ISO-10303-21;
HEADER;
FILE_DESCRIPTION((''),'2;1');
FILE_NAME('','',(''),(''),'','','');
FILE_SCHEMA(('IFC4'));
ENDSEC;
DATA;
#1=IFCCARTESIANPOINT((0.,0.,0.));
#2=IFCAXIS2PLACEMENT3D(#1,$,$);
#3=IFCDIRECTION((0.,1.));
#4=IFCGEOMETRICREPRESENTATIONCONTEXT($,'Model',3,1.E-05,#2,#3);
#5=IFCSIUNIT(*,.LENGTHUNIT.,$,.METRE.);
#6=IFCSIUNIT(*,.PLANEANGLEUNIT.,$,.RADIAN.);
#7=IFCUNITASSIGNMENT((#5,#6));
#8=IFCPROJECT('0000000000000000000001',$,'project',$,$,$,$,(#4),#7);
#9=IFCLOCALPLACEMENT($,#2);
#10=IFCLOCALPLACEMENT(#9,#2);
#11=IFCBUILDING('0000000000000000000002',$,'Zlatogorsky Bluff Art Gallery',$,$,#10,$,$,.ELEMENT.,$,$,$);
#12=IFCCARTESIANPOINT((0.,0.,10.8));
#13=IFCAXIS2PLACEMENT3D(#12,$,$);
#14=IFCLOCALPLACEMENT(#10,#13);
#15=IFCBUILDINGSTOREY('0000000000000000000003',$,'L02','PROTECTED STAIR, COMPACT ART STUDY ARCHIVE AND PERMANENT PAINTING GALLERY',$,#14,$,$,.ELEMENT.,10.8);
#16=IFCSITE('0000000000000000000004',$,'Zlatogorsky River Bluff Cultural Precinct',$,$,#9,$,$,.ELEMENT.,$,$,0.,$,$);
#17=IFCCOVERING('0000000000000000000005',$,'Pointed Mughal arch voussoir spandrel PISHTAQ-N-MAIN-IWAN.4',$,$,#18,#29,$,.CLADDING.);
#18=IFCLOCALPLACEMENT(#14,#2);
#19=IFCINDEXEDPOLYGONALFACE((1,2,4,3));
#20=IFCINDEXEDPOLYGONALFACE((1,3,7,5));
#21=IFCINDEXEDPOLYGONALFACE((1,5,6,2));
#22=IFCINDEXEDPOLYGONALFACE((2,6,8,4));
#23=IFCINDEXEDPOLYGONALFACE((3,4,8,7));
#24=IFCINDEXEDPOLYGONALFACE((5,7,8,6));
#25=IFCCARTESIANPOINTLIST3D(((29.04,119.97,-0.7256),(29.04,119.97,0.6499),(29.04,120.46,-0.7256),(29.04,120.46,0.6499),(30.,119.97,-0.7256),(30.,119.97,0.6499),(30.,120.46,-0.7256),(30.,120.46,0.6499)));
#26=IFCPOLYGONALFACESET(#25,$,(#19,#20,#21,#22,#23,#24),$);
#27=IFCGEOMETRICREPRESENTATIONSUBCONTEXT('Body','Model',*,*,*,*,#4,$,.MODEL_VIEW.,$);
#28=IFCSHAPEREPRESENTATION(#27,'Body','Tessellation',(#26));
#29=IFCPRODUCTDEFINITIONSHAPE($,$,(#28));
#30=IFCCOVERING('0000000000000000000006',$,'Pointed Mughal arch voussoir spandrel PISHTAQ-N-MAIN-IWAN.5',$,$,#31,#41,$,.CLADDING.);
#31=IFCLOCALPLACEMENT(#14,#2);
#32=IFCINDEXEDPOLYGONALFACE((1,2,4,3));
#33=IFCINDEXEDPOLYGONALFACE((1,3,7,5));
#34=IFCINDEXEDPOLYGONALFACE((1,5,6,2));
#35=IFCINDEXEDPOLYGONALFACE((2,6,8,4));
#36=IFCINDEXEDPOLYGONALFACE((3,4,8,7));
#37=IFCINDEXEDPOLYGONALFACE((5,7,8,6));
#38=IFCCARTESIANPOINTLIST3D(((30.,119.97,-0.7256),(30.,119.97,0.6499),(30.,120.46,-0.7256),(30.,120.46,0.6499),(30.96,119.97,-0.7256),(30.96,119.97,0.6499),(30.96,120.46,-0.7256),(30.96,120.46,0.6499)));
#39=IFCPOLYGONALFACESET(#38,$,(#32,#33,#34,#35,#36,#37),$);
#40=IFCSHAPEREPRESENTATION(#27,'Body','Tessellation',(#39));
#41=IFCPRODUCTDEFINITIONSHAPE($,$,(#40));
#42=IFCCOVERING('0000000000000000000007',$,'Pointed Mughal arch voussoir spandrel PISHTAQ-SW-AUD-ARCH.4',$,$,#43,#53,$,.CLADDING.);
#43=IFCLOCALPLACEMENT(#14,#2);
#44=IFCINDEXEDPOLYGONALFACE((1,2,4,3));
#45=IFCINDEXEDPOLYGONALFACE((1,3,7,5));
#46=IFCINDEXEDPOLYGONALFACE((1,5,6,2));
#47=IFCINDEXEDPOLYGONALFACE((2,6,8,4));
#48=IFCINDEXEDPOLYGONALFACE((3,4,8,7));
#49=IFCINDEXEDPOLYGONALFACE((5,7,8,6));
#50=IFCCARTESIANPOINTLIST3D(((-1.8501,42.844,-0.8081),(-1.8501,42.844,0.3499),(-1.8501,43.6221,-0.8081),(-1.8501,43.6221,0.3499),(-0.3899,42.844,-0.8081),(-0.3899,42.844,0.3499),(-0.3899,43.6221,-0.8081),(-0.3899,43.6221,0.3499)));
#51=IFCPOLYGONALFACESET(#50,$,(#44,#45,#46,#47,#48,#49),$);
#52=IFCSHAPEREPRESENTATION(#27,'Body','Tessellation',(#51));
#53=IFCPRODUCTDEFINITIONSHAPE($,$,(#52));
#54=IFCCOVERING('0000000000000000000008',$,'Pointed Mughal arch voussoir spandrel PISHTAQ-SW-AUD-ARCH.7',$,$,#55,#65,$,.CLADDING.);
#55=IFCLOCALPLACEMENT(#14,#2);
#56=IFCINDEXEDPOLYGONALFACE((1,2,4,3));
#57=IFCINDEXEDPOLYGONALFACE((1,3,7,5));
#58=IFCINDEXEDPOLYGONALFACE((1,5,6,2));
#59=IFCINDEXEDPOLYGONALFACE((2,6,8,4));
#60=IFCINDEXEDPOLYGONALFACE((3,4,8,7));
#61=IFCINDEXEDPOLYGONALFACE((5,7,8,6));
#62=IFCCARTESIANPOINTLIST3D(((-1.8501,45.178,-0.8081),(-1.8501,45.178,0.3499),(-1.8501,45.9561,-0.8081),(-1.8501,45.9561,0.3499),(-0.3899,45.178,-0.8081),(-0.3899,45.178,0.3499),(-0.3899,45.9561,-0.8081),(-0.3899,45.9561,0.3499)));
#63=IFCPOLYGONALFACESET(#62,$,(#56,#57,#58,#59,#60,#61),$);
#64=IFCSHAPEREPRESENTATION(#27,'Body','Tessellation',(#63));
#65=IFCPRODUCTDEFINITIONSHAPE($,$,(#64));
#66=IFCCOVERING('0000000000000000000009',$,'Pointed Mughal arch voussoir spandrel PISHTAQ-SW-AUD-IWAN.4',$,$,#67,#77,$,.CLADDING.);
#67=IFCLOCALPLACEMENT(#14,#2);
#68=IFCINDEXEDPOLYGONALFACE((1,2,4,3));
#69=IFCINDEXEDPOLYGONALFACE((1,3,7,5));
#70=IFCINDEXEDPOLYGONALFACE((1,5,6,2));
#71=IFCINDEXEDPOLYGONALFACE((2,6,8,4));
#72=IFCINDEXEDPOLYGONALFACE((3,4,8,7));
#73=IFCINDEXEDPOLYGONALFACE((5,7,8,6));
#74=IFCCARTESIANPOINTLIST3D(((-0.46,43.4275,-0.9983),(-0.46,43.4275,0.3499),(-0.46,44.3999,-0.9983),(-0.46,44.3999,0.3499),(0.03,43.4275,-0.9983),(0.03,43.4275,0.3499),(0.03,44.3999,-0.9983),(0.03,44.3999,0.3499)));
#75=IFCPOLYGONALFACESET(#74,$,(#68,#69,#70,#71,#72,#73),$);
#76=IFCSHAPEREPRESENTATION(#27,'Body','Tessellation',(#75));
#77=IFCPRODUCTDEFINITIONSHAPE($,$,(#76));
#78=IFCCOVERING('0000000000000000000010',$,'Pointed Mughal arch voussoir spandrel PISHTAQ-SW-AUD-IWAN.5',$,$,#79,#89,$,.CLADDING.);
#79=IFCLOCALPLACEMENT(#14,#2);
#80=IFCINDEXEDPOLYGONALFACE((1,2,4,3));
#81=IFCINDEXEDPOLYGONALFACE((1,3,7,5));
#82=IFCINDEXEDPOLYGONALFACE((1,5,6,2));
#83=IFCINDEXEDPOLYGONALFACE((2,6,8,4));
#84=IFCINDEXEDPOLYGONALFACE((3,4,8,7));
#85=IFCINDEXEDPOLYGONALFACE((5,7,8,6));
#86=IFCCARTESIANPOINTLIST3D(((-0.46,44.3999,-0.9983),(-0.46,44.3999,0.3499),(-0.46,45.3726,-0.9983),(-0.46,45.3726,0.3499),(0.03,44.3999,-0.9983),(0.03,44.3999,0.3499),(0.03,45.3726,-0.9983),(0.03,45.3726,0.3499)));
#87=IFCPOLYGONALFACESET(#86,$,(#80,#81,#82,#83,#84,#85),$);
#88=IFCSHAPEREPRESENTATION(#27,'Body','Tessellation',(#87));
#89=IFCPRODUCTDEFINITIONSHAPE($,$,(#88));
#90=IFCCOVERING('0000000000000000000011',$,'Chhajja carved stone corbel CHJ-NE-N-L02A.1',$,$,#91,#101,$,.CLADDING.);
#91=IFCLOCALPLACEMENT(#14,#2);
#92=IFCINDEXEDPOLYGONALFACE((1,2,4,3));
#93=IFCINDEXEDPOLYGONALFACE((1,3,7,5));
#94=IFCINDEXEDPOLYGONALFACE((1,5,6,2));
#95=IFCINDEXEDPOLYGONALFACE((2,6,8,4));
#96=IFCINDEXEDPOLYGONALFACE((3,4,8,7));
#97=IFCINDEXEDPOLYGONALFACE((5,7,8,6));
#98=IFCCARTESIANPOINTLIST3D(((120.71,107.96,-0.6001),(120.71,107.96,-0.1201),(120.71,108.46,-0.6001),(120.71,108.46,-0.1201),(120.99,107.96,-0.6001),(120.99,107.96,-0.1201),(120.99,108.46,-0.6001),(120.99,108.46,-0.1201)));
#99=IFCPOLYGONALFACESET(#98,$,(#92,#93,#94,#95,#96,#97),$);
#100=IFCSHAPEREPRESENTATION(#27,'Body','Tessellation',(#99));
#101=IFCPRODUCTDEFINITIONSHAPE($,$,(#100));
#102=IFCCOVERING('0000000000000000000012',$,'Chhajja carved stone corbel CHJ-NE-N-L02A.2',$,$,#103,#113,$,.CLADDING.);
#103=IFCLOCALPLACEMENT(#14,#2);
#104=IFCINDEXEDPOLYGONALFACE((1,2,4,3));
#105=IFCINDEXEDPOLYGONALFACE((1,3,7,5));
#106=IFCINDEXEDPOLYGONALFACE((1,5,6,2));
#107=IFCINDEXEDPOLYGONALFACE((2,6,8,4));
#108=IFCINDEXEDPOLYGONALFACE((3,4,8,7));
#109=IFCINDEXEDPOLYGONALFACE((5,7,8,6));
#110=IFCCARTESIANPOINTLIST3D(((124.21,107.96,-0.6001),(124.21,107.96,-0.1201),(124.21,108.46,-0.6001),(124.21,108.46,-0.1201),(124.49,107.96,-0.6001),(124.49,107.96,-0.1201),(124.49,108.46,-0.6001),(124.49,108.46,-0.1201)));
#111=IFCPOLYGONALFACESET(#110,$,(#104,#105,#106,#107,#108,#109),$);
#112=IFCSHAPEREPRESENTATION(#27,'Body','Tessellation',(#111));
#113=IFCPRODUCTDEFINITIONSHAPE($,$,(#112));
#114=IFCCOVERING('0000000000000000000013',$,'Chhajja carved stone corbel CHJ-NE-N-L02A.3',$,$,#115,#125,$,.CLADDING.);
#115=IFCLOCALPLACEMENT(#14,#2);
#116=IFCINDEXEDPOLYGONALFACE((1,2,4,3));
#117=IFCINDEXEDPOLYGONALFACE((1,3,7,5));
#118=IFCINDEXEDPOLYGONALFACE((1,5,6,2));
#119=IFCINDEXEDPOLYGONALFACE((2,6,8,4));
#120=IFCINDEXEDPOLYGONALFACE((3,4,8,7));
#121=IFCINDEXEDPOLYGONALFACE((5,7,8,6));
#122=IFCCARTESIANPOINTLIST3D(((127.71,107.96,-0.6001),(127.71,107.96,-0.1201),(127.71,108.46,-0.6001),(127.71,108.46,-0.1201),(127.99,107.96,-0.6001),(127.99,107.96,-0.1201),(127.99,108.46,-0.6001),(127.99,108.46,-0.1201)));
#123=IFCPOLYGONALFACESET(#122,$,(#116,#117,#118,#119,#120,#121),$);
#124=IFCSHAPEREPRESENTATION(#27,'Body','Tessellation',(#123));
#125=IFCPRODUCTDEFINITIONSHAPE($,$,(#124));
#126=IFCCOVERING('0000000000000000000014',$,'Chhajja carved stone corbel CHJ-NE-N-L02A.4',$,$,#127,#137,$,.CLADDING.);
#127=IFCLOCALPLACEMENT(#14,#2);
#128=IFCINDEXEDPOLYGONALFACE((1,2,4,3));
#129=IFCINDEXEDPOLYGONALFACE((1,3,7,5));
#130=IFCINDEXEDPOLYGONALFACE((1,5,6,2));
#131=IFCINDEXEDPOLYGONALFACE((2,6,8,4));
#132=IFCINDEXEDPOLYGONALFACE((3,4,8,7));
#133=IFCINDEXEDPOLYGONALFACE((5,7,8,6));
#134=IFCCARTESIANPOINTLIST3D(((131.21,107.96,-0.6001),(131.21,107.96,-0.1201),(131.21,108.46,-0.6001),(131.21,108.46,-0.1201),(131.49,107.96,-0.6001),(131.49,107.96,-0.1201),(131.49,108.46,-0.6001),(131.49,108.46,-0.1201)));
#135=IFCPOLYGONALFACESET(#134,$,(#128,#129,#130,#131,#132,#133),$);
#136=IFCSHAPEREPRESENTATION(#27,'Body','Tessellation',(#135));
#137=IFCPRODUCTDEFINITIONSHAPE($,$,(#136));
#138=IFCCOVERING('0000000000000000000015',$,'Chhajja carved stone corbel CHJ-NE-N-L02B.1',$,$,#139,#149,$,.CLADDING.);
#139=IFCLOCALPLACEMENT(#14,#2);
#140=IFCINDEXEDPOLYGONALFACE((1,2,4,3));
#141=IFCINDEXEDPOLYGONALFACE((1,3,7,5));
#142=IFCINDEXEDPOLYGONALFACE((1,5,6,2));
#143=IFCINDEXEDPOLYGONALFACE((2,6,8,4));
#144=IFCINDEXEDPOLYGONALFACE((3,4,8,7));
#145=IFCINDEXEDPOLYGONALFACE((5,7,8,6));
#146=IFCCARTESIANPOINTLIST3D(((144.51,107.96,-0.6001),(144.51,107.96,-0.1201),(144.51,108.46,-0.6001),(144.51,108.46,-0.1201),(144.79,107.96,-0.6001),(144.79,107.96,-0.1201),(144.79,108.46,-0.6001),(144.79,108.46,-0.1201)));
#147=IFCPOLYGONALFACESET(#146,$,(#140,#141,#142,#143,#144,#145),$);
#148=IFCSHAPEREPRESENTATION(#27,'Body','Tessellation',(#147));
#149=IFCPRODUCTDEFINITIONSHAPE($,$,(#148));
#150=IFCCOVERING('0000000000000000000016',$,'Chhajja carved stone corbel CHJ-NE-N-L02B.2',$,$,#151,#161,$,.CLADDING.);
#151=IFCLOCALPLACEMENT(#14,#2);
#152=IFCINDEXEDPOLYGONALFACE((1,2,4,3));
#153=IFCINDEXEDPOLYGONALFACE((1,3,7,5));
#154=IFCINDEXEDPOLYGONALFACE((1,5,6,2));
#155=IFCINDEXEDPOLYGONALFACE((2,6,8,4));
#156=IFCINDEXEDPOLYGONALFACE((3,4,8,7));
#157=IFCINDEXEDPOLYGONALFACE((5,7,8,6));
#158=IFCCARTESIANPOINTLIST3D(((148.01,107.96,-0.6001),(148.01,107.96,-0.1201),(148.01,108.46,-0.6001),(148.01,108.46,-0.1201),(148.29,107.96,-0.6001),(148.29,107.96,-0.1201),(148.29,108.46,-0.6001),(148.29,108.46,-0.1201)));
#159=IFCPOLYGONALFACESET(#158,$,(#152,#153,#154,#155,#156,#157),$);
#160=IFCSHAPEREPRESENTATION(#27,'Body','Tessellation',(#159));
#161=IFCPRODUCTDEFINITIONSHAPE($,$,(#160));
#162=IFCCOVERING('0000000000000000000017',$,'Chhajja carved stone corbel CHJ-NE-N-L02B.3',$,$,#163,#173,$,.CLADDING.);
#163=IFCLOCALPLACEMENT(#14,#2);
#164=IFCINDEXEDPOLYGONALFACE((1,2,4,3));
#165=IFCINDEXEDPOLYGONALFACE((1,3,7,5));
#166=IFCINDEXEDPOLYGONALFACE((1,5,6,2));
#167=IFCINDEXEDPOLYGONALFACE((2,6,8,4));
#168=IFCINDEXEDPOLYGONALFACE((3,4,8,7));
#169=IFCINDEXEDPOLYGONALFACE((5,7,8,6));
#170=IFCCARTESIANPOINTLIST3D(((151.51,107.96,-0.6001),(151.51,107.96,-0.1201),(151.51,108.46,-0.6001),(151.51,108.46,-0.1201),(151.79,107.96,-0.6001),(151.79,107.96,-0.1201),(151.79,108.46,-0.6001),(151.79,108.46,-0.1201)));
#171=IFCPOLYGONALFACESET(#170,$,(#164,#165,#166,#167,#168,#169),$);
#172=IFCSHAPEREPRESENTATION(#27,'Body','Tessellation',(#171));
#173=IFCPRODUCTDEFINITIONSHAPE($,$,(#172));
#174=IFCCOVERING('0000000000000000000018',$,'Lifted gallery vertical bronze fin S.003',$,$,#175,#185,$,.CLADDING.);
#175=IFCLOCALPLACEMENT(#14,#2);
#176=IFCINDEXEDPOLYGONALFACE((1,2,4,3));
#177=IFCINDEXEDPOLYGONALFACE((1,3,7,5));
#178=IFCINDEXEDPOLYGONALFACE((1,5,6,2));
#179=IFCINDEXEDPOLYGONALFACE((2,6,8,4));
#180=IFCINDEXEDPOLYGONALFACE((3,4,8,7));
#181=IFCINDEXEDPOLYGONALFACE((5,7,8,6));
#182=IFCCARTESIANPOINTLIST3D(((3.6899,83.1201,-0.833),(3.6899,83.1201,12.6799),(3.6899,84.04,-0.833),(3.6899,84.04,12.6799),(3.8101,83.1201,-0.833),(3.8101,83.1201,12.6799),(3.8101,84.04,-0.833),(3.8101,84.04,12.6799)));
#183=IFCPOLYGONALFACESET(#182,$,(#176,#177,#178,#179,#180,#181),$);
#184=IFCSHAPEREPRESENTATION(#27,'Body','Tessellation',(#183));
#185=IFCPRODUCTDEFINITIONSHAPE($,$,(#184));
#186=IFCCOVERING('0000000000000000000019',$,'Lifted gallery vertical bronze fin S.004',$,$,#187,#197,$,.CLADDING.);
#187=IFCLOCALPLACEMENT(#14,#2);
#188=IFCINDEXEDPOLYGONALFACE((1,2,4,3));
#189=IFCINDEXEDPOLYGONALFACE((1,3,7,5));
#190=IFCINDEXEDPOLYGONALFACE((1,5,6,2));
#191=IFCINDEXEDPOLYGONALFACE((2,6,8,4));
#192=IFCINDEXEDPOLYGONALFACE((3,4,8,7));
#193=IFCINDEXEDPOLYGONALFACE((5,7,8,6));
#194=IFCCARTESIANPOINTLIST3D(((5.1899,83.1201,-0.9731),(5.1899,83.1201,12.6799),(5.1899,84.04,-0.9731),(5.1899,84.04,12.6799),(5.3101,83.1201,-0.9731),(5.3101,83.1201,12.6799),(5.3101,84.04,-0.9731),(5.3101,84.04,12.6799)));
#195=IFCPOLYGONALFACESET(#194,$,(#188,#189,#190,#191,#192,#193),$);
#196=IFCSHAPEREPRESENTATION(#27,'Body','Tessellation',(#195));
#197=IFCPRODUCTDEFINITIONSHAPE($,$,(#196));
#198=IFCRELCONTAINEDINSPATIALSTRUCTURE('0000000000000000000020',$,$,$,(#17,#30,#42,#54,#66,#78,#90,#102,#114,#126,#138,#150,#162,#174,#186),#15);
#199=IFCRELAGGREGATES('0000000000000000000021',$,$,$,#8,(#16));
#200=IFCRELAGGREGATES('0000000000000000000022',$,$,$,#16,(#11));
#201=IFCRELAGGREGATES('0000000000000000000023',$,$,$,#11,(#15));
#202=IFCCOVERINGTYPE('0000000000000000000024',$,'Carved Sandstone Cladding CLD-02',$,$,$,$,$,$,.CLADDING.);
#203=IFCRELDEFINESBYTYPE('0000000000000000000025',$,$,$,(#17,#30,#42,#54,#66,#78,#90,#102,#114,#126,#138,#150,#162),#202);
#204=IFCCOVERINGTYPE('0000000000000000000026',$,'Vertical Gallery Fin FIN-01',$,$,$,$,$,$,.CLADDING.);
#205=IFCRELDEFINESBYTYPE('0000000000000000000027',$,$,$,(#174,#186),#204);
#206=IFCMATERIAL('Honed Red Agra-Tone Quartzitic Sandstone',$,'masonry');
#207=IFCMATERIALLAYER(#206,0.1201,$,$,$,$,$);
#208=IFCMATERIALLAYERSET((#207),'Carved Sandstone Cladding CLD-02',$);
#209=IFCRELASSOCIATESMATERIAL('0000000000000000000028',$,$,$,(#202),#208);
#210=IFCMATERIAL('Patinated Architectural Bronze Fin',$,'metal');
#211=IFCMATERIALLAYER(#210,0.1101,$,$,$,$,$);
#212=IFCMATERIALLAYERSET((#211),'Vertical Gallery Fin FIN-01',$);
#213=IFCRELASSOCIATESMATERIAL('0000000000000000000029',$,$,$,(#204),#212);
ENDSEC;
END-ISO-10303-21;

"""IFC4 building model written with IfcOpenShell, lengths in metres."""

from ifc_helpers import new_model, si_unit, direction, frame, origin, place, context, subcontext, project, spatial, polyline, outline, extrude, material, layer, layer_set, type_object, element, save


model = new_model("IFC4")

# Units and contexts
model_context = context("Model", 3, precision=1e-05, world=origin(), true_north=direction((0.0, 1.0)))
body_context = subcontext(model_context, "Body", "Model", "MODEL_VIEW")
ifc_project = project(units=[si_unit("LENGTHUNIT", "METRE"), si_unit("PLANEANGLEUNIT", "RADIAN")], contexts=[model_context])

# Site, building, storey
site_placement = place(None, origin())
site = spatial("IfcSite", under=ifc_project, at=site_placement, Name="Zlatogorsky River Bluff Cultural Precinct", CompositionType="ELEMENT", RefElevation=0.0)
building_placement = place(site_placement, origin())
building = spatial("IfcBuilding", under=site, at=building_placement, Name="Zlatogorsky Bluff Art Gallery", CompositionType="ELEMENT")
storey_placement = place(building_placement, frame((0.0, 0.0, 10.8)))
storey = spatial("IfcBuildingStorey", under=building, at=storey_placement, Name="L02", Description="PROTECTED STAIR, COMPACT ART STUDY ARCHIVE AND PERMANENT PAINTING GALLERY", CompositionType="ELEMENT", Elevation=10.8)

# Coverings
ifc_material_1 = material(Name="Honed Red Agra-Tone Quartzitic Sandstone", Category="masonry")
ifc_layer_1 = layer(ifc_material_1, 0.1201)
ifc_layer_set_1 = layer_set([ifc_layer_1], Name="Carved Sandstone Cladding CLD-02")
covering_type_1 = type_object("IfcCoveringType", Name="Carved Sandstone Cladding CLD-02", PredefinedType="CLADDING", material=ifc_layer_set_1)
covering_1_placement = place(storey_placement, frame((0.0, 0.0, -0.7256)))
element("IfcCovering", 1, at=covering_1_placement, inside=storey, type_object=covering_type_1, Name="Pointed Mughal arch voussoir spandrel PISHTAQ-N-MAIN-IWAN.4", PredefinedType="CLADDING", context=body_context, shape_type="SweptSolid", body=[
    extrude(outline(polyline([(29.04, 119.97), (30.0, 119.97), (30.0, 120.46), (29.04, 120.46), (29.04, 119.97)])), origin(), (0.0, 0.0, 1.0), 1.3755),
])
covering_2_placement = place(storey_placement, frame((0.0, 0.0, -0.7256)))
element("IfcCovering", 2, at=covering_2_placement, inside=storey, type_object=covering_type_1, Name="Pointed Mughal arch voussoir spandrel PISHTAQ-N-MAIN-IWAN.5", PredefinedType="CLADDING", context=body_context, shape_type="SweptSolid", body=[
    extrude(outline(polyline([(30.0, 119.97), (30.96, 119.97), (30.96, 120.46), (30.0, 120.46), (30.0, 119.97)])), origin(), (0.0, 0.0, 1.0), 1.3755),
])
covering_3_placement = place(storey_placement, frame((0.0, 0.0, -0.8081)))
element("IfcCovering", 3, at=covering_3_placement, inside=storey, type_object=covering_type_1, Name="Pointed Mughal arch voussoir spandrel PISHTAQ-SW-AUD-ARCH.4", PredefinedType="CLADDING", context=body_context, shape_type="SweptSolid", body=[
    extrude(outline(polyline([(-1.8501, 42.844), (-1.8501, 43.6221), (-0.3899, 43.6221), (-0.3899, 42.844), (-1.8501, 42.844)])), origin(), (0.0, 0.0, 1.0), 1.158),
])
covering_4_placement = place(storey_placement, frame((0.0, 0.0, -0.8081)))
element("IfcCovering", 4, at=covering_4_placement, inside=storey, type_object=covering_type_1, Name="Pointed Mughal arch voussoir spandrel PISHTAQ-SW-AUD-ARCH.7", PredefinedType="CLADDING", context=body_context, shape_type="SweptSolid", body=[
    extrude(outline(polyline([(-1.8501, 45.178), (-1.8501, 45.9561), (-0.3899, 45.9561), (-0.3899, 45.178), (-1.8501, 45.178)])), origin(), (0.0, 0.0, 1.0), 1.158),
])
covering_5_placement = place(storey_placement, frame((0.0, 0.0, -0.9983)))
element("IfcCovering", 5, at=covering_5_placement, inside=storey, type_object=covering_type_1, Name="Pointed Mughal arch voussoir spandrel PISHTAQ-SW-AUD-IWAN.4", PredefinedType="CLADDING", context=body_context, shape_type="SweptSolid", body=[
    extrude(outline(polyline([(-0.46, 43.4275), (-0.46, 44.3999), (0.03, 44.3999), (0.03, 43.4275), (-0.46, 43.4275)])), origin(), (0.0, 0.0, 1.0), 1.3481),
])
covering_6_placement = place(storey_placement, frame((0.0, 0.0, -0.9983)))
element("IfcCovering", 6, at=covering_6_placement, inside=storey, type_object=covering_type_1, Name="Pointed Mughal arch voussoir spandrel PISHTAQ-SW-AUD-IWAN.5", PredefinedType="CLADDING", context=body_context, shape_type="SweptSolid", body=[
    extrude(outline(polyline([(-0.46, 44.3999), (-0.46, 45.3726), (0.03, 45.3726), (0.03, 44.3999), (-0.46, 44.3999)])), origin(), (0.0, 0.0, 1.0), 1.3481),
])
covering_7_placement = place(storey_placement, frame((0.0, 0.0, -0.6001)))
element("IfcCovering", 7, at=covering_7_placement, inside=storey, type_object=covering_type_1, Name="Chhajja carved stone corbel CHJ-NE-N-L02A.1", PredefinedType="CLADDING", context=body_context, shape_type="SweptSolid", body=[
    extrude(outline(polyline([(120.71, 107.96), (120.99, 107.96), (120.99, 108.46), (120.71, 108.46), (120.71, 107.96)])), origin(), (0.0, 0.0, 1.0), 0.48),
])
covering_8_placement = place(storey_placement, frame((0.0, 0.0, -0.6001)))
element("IfcCovering", 8, at=covering_8_placement, inside=storey, type_object=covering_type_1, Name="Chhajja carved stone corbel CHJ-NE-N-L02A.2", PredefinedType="CLADDING", context=body_context, shape_type="SweptSolid", body=[
    extrude(outline(polyline([(124.21, 107.96), (124.49, 107.96), (124.49, 108.46), (124.21, 108.46), (124.21, 107.96)])), origin(), (0.0, 0.0, 1.0), 0.48),
])
covering_9_placement = place(storey_placement, frame((0.0, 0.0, -0.6001)))
element("IfcCovering", 9, at=covering_9_placement, inside=storey, type_object=covering_type_1, Name="Chhajja carved stone corbel CHJ-NE-N-L02A.3", PredefinedType="CLADDING", context=body_context, shape_type="SweptSolid", body=[
    extrude(outline(polyline([(127.71, 107.96), (127.99, 107.96), (127.99, 108.46), (127.71, 108.46), (127.71, 107.96)])), origin(), (0.0, 0.0, 1.0), 0.48),
])
covering_10_placement = place(storey_placement, frame((0.0, 0.0, -0.6001)))
element("IfcCovering", 10, at=covering_10_placement, inside=storey, type_object=covering_type_1, Name="Chhajja carved stone corbel CHJ-NE-N-L02A.4", PredefinedType="CLADDING", context=body_context, shape_type="SweptSolid", body=[
    extrude(outline(polyline([(131.21, 107.96), (131.49, 107.96), (131.49, 108.46), (131.21, 108.46), (131.21, 107.96)])), origin(), (0.0, 0.0, 1.0), 0.48),
])
covering_11_placement = place(storey_placement, frame((0.0, 0.0, -0.6001)))
element("IfcCovering", 11, at=covering_11_placement, inside=storey, type_object=covering_type_1, Name="Chhajja carved stone corbel CHJ-NE-N-L02B.1", PredefinedType="CLADDING", context=body_context, shape_type="SweptSolid", body=[
    extrude(outline(polyline([(144.51, 107.96), (144.79, 107.96), (144.79, 108.46), (144.51, 108.46), (144.51, 107.96)])), origin(), (0.0, 0.0, 1.0), 0.48),
])
covering_12_placement = place(storey_placement, frame((0.0, 0.0, -0.6001)))
element("IfcCovering", 12, at=covering_12_placement, inside=storey, type_object=covering_type_1, Name="Chhajja carved stone corbel CHJ-NE-N-L02B.2", PredefinedType="CLADDING", context=body_context, shape_type="SweptSolid", body=[
    extrude(outline(polyline([(148.01, 107.96), (148.29, 107.96), (148.29, 108.46), (148.01, 108.46), (148.01, 107.96)])), origin(), (0.0, 0.0, 1.0), 0.48),
])
covering_13_placement = place(storey_placement, frame((0.0, 0.0, -0.6001)))
element("IfcCovering", 13, at=covering_13_placement, inside=storey, type_object=covering_type_1, Name="Chhajja carved stone corbel CHJ-NE-N-L02B.3", PredefinedType="CLADDING", context=body_context, shape_type="SweptSolid", body=[
    extrude(outline(polyline([(151.51, 107.96), (151.79, 107.96), (151.79, 108.46), (151.51, 108.46), (151.51, 107.96)])), origin(), (0.0, 0.0, 1.0), 0.48),
])
ifc_material_2 = material(Name="Patinated Architectural Bronze Fin", Category="metal")
ifc_layer_2 = layer(ifc_material_2, 0.1101)
ifc_layer_set_2 = layer_set([ifc_layer_2], Name="Vertical Gallery Fin FIN-01")
covering_type_2 = type_object("IfcCoveringType", Name="Vertical Gallery Fin FIN-01", PredefinedType="CLADDING", material=ifc_layer_set_2)
covering_14_placement = place(storey_placement, frame((0.0, 0.0, -0.833)))
element("IfcCovering", 14, at=covering_14_placement, inside=storey, type_object=covering_type_2, Name="Lifted gallery vertical bronze fin S.003", PredefinedType="CLADDING", context=body_context, shape_type="SweptSolid", body=[
    extrude(outline(polyline([(3.6899, 83.1201), (3.8101, 83.1201), (3.8101, 84.04), (3.6899, 84.04), (3.6899, 83.1201)])), origin(), (0.0, 0.0, 1.0), 13.5129),
])
covering_15_placement = place(storey_placement, frame((0.0, 0.0, -0.9731)))
element("IfcCovering", 15, at=covering_15_placement, inside=storey, type_object=covering_type_2, Name="Lifted gallery vertical bronze fin S.004", PredefinedType="CLADDING", context=body_context, shape_type="SweptSolid", body=[
    extrude(outline(polyline([(5.1899, 83.1201), (5.3101, 83.1201), (5.3101, 84.04), (5.1899, 84.04), (5.1899, 83.1201)])), origin(), (0.0, 0.0, 1.0), 13.6531),
])

save(model, "model.ifc")
